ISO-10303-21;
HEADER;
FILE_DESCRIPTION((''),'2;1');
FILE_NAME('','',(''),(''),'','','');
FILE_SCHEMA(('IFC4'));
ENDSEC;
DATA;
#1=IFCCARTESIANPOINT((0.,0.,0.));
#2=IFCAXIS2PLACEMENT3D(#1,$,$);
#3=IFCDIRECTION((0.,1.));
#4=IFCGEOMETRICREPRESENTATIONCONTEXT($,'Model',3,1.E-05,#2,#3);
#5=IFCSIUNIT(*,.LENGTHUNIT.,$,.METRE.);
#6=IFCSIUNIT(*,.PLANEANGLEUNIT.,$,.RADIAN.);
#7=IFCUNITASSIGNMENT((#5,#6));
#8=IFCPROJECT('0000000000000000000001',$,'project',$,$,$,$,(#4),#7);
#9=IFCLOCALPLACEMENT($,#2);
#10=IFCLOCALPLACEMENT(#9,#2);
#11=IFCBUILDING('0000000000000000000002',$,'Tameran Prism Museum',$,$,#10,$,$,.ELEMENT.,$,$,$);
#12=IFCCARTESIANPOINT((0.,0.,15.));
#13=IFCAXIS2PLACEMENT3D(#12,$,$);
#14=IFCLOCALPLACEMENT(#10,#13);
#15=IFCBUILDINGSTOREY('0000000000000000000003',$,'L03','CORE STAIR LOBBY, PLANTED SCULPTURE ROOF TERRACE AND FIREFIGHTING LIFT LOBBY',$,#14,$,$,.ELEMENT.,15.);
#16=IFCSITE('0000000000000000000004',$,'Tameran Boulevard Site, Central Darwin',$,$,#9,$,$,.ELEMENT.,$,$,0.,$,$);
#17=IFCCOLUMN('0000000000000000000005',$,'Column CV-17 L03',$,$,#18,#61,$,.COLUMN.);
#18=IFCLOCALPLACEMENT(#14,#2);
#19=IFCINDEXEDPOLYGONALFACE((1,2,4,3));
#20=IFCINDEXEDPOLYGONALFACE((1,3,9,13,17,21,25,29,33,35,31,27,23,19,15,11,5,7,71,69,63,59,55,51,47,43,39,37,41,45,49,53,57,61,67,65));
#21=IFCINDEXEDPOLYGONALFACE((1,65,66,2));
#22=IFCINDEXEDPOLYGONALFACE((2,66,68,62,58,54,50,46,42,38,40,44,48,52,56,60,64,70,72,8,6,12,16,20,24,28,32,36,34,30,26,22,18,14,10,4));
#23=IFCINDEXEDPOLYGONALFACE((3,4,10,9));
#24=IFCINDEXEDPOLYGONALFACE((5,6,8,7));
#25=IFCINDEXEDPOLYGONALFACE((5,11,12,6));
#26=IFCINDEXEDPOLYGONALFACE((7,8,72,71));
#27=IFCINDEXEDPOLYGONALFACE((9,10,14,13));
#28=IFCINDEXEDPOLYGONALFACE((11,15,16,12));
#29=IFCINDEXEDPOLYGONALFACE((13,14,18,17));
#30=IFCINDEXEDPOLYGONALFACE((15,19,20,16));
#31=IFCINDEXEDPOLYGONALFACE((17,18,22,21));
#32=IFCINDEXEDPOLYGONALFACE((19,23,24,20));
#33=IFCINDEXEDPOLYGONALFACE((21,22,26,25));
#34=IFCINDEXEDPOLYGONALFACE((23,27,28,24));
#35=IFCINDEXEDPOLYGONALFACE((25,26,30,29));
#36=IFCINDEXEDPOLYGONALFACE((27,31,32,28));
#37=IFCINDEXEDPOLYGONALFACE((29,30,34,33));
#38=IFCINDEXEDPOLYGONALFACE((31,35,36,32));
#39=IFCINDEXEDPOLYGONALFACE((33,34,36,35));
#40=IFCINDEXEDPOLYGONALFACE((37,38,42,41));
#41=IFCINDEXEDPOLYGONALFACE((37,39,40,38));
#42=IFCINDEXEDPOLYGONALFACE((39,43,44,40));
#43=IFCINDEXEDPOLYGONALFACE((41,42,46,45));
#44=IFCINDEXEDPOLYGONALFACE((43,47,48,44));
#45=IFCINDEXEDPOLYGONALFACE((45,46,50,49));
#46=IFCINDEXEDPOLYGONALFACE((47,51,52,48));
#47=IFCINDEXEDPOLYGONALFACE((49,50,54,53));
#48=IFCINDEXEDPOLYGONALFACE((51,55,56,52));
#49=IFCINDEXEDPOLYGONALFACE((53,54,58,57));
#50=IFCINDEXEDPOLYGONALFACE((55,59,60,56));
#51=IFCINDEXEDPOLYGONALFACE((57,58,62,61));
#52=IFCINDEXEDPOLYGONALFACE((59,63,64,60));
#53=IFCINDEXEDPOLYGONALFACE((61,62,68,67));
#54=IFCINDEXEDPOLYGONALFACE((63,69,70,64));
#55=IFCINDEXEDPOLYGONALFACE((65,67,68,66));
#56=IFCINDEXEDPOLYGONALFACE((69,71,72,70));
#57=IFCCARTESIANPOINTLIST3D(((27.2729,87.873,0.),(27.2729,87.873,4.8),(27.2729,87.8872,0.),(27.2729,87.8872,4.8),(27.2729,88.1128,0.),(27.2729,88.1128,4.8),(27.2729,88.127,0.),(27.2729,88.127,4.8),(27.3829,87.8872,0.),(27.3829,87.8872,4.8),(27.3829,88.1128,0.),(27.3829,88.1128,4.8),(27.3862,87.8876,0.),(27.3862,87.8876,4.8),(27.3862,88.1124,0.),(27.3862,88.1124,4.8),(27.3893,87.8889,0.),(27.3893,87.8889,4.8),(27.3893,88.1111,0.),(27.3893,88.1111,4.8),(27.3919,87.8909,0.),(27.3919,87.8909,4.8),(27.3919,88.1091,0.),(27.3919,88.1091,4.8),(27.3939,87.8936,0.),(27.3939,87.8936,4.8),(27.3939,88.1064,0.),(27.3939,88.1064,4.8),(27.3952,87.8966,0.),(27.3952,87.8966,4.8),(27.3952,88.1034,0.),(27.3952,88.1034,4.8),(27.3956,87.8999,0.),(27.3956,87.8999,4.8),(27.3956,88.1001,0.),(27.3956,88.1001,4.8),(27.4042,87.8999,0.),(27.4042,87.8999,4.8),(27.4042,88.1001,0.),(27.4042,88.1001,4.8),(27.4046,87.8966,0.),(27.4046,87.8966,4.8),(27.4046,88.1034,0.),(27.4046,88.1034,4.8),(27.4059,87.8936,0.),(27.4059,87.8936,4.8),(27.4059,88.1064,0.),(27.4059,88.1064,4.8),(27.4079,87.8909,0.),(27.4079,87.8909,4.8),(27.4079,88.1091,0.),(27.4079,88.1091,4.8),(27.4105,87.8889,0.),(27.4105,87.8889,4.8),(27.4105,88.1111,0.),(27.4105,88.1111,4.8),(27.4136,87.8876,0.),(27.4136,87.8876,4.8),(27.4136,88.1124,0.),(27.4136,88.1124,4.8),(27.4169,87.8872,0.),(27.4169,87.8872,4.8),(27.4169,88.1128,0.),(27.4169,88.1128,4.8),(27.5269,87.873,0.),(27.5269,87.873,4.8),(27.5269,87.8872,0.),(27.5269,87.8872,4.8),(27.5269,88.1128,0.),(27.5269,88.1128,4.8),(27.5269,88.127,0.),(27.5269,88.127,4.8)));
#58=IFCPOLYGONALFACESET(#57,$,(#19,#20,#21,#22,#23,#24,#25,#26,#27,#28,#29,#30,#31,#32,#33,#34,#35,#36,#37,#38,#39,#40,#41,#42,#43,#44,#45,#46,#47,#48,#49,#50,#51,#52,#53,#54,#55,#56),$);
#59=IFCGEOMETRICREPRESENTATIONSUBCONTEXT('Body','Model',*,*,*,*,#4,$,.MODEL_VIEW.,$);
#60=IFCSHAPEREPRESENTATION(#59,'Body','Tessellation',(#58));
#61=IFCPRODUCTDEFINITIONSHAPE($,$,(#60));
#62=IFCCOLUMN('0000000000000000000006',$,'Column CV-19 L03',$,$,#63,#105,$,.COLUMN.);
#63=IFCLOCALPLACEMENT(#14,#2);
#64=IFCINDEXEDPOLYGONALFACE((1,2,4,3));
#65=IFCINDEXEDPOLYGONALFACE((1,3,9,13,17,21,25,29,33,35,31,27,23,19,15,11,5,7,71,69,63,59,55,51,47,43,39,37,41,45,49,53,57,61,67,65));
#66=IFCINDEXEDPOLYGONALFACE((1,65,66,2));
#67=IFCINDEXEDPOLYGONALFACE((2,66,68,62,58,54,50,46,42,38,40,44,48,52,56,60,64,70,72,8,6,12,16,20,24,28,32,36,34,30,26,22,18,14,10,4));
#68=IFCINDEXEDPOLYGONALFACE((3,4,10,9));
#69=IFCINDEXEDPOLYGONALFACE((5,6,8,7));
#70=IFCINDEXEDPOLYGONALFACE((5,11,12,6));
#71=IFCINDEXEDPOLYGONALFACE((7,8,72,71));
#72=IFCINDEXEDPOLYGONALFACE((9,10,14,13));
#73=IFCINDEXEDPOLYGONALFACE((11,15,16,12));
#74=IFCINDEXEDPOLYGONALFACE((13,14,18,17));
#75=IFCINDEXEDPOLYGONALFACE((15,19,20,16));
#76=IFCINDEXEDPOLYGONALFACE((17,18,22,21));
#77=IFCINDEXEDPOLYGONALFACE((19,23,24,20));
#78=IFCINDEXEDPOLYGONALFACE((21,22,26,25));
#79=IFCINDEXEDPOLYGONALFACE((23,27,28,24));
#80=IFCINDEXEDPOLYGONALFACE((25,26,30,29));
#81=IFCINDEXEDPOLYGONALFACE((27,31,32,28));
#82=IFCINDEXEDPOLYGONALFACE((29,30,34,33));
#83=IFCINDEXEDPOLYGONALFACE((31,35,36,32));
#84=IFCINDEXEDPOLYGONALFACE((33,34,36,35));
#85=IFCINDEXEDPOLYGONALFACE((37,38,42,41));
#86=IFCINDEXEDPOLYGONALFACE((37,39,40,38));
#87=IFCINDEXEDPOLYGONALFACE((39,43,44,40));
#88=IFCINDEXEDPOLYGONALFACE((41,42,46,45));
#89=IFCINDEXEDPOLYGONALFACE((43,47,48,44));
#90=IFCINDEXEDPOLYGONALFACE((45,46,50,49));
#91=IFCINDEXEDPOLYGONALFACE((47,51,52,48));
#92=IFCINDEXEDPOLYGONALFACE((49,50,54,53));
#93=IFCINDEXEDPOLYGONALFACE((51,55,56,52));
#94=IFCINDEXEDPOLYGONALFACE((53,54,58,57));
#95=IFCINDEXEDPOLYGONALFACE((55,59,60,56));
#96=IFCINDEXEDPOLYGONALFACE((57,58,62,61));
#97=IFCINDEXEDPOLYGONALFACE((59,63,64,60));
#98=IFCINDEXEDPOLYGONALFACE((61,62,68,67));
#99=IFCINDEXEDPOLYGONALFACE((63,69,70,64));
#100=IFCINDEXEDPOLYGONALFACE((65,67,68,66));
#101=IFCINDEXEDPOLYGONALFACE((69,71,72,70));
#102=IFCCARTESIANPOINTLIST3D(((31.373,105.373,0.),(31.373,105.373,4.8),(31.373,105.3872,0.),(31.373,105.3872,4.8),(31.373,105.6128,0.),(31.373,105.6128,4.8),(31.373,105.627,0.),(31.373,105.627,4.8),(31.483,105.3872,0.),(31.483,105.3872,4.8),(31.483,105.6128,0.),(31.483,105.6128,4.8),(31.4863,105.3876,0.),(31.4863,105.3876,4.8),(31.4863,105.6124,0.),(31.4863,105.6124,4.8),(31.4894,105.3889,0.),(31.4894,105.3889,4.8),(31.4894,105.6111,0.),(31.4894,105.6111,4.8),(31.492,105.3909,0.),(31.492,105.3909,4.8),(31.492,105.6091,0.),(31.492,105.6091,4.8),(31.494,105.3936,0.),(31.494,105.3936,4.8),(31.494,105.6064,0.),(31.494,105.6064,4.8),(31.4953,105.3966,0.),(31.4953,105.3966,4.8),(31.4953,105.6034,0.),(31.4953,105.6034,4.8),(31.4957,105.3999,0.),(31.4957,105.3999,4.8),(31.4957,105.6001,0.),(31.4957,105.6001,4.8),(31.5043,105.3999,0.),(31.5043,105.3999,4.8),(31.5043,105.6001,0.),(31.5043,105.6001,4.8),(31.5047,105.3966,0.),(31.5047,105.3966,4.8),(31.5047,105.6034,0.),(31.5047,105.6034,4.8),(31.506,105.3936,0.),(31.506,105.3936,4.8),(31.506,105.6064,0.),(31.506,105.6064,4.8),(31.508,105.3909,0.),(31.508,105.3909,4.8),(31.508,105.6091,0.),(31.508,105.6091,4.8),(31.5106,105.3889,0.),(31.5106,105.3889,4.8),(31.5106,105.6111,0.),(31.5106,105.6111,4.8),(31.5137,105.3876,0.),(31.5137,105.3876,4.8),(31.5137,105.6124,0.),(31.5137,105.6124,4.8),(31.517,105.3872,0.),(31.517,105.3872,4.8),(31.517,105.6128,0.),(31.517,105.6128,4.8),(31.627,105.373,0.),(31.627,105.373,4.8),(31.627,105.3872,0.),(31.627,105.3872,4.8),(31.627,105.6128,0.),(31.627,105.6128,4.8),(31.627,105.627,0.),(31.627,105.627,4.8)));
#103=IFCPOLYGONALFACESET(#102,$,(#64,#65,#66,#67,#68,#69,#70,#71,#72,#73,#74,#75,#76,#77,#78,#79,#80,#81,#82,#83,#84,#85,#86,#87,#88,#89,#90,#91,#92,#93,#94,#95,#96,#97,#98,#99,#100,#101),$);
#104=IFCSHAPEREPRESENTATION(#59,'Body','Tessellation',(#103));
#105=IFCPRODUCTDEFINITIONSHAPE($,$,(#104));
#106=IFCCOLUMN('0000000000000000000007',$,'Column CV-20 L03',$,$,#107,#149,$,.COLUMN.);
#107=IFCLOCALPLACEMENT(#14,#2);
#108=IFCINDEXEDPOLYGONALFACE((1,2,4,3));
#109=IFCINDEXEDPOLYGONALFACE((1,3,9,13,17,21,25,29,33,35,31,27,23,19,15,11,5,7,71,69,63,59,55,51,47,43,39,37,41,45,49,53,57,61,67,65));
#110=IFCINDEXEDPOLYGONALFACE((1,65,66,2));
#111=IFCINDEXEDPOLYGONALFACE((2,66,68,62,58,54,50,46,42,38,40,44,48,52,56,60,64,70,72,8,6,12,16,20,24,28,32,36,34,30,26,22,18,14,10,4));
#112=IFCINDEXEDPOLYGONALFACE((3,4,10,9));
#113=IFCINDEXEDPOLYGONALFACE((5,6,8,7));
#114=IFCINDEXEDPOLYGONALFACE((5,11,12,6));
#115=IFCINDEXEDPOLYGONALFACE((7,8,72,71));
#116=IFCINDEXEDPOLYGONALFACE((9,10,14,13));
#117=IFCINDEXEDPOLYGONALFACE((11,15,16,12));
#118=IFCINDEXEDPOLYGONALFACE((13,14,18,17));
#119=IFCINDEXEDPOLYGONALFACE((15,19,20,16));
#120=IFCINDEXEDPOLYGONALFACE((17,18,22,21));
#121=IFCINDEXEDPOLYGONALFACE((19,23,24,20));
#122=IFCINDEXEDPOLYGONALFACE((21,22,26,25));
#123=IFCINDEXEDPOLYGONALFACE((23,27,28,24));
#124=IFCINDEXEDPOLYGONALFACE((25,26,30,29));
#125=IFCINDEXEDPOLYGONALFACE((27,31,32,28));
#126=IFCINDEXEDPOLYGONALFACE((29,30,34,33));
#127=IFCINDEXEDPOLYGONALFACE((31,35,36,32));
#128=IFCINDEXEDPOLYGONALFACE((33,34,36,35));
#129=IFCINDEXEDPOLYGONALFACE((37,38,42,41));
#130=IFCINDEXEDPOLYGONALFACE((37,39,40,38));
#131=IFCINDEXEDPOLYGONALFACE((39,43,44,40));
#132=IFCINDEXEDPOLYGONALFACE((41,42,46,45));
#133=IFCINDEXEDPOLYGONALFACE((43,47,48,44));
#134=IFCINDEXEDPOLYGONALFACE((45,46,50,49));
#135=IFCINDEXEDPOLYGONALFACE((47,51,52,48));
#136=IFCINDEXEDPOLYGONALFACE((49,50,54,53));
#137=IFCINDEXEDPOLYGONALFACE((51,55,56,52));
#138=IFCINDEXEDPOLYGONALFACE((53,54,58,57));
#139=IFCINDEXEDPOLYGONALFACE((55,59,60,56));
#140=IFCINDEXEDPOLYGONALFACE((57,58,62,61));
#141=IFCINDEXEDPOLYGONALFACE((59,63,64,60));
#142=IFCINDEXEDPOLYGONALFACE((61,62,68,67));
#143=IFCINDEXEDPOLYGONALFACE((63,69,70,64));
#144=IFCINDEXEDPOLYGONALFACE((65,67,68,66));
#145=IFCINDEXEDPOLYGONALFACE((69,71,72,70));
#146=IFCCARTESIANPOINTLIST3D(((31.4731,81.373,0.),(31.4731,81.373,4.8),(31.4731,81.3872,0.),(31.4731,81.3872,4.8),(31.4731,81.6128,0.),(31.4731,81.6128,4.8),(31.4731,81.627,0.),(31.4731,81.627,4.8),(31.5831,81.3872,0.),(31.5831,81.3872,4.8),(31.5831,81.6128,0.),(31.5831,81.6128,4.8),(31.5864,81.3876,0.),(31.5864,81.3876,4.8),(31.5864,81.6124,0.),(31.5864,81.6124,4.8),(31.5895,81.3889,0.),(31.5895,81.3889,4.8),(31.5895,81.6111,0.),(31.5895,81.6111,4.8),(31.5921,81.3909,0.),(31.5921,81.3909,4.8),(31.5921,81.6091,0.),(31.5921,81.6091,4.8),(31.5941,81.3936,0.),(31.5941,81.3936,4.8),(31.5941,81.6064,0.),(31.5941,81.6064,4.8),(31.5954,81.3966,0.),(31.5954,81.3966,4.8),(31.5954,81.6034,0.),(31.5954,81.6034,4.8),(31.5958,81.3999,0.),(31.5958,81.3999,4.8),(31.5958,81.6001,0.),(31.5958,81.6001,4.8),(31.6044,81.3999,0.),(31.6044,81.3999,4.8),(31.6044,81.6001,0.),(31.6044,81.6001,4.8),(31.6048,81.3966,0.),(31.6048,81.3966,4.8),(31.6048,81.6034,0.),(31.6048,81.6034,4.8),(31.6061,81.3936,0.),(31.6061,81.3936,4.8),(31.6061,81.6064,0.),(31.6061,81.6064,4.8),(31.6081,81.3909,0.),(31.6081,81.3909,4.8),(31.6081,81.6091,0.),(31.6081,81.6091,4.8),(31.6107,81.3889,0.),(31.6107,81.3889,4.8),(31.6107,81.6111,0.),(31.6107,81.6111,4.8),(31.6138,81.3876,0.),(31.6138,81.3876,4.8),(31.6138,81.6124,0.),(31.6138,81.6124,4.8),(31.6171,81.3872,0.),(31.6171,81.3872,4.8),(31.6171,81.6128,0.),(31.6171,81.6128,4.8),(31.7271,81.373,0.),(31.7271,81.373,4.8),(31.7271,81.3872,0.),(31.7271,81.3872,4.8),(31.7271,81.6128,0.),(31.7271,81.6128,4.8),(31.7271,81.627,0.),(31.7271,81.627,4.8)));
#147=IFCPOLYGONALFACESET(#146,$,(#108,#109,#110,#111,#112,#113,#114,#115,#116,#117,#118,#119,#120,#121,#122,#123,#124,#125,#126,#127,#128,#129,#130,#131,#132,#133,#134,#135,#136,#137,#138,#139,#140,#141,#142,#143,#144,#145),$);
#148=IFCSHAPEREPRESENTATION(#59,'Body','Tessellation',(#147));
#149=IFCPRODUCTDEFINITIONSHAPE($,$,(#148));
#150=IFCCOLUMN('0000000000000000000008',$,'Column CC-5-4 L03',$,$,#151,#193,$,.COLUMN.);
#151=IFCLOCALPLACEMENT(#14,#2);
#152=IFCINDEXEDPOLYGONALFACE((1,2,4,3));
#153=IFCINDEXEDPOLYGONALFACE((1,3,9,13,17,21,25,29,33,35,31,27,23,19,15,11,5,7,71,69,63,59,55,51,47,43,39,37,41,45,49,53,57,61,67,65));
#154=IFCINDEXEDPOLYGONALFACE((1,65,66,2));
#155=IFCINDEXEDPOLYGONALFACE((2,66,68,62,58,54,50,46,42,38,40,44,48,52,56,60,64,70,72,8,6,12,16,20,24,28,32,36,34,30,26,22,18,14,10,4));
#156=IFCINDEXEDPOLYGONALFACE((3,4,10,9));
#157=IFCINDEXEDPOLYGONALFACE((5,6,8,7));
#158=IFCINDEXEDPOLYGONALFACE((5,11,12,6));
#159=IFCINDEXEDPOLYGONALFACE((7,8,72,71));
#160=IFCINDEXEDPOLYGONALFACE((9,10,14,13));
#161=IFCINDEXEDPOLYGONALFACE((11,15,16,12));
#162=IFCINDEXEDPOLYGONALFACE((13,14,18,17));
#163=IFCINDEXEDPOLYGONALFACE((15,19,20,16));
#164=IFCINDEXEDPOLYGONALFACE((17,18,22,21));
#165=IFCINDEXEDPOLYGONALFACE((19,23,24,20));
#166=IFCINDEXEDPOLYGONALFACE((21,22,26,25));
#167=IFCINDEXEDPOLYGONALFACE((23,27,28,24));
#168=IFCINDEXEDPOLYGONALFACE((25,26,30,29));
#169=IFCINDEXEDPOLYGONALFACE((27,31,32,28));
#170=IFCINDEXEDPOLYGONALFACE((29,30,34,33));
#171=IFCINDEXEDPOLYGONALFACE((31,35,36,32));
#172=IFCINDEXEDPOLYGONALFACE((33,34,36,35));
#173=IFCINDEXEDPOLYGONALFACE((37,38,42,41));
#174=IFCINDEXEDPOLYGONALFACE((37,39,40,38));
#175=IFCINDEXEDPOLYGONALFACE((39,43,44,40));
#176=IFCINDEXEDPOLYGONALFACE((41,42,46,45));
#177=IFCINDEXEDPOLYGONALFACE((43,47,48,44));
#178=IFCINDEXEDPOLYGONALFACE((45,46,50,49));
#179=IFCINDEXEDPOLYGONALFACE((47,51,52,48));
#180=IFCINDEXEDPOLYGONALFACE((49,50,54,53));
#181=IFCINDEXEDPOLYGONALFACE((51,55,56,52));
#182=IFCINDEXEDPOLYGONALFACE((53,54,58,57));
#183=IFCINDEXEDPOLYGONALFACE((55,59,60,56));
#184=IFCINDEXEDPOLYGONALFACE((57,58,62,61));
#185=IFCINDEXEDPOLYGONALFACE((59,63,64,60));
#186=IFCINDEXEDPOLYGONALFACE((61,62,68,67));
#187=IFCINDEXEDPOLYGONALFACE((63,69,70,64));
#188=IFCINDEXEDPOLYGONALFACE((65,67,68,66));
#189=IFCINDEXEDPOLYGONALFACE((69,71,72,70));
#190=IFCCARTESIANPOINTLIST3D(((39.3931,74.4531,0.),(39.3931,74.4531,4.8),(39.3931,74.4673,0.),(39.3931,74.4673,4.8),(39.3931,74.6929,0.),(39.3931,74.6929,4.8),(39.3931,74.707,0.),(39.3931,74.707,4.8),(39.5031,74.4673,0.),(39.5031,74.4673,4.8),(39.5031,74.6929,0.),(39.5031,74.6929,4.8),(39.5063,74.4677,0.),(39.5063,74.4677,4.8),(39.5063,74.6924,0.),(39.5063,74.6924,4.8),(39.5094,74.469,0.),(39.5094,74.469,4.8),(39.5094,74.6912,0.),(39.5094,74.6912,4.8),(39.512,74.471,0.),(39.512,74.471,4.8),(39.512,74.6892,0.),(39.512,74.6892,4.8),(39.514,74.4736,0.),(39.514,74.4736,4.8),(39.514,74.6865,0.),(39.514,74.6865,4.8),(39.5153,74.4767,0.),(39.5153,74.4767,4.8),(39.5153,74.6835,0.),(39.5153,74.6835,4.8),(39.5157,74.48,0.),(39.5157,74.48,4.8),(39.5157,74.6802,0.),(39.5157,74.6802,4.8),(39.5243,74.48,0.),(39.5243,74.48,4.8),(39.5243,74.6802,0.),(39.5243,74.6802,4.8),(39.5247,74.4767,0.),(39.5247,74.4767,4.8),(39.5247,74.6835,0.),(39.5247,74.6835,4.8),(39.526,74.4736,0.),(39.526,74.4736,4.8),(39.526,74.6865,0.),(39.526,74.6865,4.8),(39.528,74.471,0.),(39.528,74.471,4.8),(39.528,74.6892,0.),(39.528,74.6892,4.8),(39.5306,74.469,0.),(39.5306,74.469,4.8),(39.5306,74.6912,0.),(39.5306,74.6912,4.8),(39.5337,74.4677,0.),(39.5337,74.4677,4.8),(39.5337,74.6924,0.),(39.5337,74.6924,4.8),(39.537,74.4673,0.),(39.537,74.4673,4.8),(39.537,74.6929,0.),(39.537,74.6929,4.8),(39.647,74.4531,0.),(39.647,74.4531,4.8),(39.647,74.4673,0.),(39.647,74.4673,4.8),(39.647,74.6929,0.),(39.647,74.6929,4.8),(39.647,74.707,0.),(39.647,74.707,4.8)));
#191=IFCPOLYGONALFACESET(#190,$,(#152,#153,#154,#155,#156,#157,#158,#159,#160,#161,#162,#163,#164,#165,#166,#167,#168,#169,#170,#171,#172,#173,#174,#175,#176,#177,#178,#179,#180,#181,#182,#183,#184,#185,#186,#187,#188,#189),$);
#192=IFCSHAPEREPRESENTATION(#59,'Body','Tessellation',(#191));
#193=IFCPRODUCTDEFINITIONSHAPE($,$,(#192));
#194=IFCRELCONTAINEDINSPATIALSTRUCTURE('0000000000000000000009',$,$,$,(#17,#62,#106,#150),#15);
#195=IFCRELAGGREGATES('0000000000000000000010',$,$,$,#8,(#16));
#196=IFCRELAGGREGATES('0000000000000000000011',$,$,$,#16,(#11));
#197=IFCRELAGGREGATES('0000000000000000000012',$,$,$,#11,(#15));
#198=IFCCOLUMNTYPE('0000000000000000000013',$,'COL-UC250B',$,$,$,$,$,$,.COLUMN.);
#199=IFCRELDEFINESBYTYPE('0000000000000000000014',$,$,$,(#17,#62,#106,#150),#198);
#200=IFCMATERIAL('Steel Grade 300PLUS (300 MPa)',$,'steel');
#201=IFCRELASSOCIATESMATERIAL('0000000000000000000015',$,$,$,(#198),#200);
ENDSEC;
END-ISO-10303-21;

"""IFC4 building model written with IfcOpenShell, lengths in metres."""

from ifc_helpers import new_model, si_unit, direction, frame, origin, origin_2d, place, context, subcontext, project, spatial, i_section, extrude, material, material_profile, profile_set, type_object, element, save


model = new_model("IFC4")

# Units and contexts
model_context = context("Model", 3, precision=1e-05, world=origin(), true_north=direction((0.0, 1.0)))
body_context = subcontext(model_context, "Body", "Model", "MODEL_VIEW")
ifc_project = project(units=[si_unit("LENGTHUNIT", "METRE"), si_unit("PLANEANGLEUNIT", "RADIAN")], contexts=[model_context])

# Site, building, storey
site_placement = place(None, origin())
site = spatial("IfcSite", under=ifc_project, at=site_placement, Name="Tameran Boulevard Site, Central Darwin", CompositionType="ELEMENT", RefElevation=0.0)
building_placement = place(site_placement, origin())
building = spatial("IfcBuilding", under=site, at=building_placement, Name="Tameran Prism Museum", CompositionType="ELEMENT")
storey_placement = place(building_placement, frame((0.0, 0.0, 15.0)))
storey = spatial("IfcBuildingStorey", under=building, at=storey_placement, Name="L03", Description="CORE STAIR LOBBY, PLANTED SCULPTURE ROOF TERRACE AND FIREFIGHTING LIFT LOBBY", CompositionType="ELEMENT", Elevation=15.0)

# Columns
ifc_material_1 = material(Name="Steel Grade 300PLUS (300 MPa)", Category="steel")
ifc_material_profile_1 = material_profile(ifc_material_1, i_section(OverallWidth=0.2539, OverallDepth=0.2539, WebThickness=0.0085, FlangeThickness=0.0142, FilletRadius=0.0127, at=origin_2d()))
ifc_profile_set_1 = profile_set([ifc_material_profile_1])
column_type = type_object("IfcColumnType", Name="COL-UC250B", PredefinedType="COLUMN", material=ifc_profile_set_1)
for number, where, z_axis, x_axis, name in (
    (1, (27.3999, 88.0, 0.0), (0.0, 0.0, 1.0), (1.0, 0.0, 0.0), "Column CV-17 L03"),
    (2, (31.5, 105.5, 0.0), (0.0, 0.0, 1.0), (1.0, 0.0, 0.0), "Column CV-19 L03"),
    (3, (31.6001, 81.5, 0.0), (0.0, 0.0, 1.0), (1.0, 0.0, 0.0), "Column CV-20 L03"),
    (4, (39.52, 74.5801, 0.0), (0.0, 0.0, 1.0), (1.0, 0.0, 0.0), "Column CC-5-4 L03"),
):
    element("IfcColumn", number, at=place(storey_placement, frame(where, z_axis=z_axis, x_axis=x_axis)), inside=storey, type_object=column_type, Name=name, PredefinedType="COLUMN", context=body_context, shape_type="SweptSolid", body=[
        extrude(i_section(OverallWidth=0.2539, OverallDepth=0.2539, WebThickness=0.0085, FlangeThickness=0.0142, FilletRadius=0.0127, at=origin_2d()), origin(), (0.0, 0.0, 1.0), 4.8),
    ])

save(model, "model.ifc")
